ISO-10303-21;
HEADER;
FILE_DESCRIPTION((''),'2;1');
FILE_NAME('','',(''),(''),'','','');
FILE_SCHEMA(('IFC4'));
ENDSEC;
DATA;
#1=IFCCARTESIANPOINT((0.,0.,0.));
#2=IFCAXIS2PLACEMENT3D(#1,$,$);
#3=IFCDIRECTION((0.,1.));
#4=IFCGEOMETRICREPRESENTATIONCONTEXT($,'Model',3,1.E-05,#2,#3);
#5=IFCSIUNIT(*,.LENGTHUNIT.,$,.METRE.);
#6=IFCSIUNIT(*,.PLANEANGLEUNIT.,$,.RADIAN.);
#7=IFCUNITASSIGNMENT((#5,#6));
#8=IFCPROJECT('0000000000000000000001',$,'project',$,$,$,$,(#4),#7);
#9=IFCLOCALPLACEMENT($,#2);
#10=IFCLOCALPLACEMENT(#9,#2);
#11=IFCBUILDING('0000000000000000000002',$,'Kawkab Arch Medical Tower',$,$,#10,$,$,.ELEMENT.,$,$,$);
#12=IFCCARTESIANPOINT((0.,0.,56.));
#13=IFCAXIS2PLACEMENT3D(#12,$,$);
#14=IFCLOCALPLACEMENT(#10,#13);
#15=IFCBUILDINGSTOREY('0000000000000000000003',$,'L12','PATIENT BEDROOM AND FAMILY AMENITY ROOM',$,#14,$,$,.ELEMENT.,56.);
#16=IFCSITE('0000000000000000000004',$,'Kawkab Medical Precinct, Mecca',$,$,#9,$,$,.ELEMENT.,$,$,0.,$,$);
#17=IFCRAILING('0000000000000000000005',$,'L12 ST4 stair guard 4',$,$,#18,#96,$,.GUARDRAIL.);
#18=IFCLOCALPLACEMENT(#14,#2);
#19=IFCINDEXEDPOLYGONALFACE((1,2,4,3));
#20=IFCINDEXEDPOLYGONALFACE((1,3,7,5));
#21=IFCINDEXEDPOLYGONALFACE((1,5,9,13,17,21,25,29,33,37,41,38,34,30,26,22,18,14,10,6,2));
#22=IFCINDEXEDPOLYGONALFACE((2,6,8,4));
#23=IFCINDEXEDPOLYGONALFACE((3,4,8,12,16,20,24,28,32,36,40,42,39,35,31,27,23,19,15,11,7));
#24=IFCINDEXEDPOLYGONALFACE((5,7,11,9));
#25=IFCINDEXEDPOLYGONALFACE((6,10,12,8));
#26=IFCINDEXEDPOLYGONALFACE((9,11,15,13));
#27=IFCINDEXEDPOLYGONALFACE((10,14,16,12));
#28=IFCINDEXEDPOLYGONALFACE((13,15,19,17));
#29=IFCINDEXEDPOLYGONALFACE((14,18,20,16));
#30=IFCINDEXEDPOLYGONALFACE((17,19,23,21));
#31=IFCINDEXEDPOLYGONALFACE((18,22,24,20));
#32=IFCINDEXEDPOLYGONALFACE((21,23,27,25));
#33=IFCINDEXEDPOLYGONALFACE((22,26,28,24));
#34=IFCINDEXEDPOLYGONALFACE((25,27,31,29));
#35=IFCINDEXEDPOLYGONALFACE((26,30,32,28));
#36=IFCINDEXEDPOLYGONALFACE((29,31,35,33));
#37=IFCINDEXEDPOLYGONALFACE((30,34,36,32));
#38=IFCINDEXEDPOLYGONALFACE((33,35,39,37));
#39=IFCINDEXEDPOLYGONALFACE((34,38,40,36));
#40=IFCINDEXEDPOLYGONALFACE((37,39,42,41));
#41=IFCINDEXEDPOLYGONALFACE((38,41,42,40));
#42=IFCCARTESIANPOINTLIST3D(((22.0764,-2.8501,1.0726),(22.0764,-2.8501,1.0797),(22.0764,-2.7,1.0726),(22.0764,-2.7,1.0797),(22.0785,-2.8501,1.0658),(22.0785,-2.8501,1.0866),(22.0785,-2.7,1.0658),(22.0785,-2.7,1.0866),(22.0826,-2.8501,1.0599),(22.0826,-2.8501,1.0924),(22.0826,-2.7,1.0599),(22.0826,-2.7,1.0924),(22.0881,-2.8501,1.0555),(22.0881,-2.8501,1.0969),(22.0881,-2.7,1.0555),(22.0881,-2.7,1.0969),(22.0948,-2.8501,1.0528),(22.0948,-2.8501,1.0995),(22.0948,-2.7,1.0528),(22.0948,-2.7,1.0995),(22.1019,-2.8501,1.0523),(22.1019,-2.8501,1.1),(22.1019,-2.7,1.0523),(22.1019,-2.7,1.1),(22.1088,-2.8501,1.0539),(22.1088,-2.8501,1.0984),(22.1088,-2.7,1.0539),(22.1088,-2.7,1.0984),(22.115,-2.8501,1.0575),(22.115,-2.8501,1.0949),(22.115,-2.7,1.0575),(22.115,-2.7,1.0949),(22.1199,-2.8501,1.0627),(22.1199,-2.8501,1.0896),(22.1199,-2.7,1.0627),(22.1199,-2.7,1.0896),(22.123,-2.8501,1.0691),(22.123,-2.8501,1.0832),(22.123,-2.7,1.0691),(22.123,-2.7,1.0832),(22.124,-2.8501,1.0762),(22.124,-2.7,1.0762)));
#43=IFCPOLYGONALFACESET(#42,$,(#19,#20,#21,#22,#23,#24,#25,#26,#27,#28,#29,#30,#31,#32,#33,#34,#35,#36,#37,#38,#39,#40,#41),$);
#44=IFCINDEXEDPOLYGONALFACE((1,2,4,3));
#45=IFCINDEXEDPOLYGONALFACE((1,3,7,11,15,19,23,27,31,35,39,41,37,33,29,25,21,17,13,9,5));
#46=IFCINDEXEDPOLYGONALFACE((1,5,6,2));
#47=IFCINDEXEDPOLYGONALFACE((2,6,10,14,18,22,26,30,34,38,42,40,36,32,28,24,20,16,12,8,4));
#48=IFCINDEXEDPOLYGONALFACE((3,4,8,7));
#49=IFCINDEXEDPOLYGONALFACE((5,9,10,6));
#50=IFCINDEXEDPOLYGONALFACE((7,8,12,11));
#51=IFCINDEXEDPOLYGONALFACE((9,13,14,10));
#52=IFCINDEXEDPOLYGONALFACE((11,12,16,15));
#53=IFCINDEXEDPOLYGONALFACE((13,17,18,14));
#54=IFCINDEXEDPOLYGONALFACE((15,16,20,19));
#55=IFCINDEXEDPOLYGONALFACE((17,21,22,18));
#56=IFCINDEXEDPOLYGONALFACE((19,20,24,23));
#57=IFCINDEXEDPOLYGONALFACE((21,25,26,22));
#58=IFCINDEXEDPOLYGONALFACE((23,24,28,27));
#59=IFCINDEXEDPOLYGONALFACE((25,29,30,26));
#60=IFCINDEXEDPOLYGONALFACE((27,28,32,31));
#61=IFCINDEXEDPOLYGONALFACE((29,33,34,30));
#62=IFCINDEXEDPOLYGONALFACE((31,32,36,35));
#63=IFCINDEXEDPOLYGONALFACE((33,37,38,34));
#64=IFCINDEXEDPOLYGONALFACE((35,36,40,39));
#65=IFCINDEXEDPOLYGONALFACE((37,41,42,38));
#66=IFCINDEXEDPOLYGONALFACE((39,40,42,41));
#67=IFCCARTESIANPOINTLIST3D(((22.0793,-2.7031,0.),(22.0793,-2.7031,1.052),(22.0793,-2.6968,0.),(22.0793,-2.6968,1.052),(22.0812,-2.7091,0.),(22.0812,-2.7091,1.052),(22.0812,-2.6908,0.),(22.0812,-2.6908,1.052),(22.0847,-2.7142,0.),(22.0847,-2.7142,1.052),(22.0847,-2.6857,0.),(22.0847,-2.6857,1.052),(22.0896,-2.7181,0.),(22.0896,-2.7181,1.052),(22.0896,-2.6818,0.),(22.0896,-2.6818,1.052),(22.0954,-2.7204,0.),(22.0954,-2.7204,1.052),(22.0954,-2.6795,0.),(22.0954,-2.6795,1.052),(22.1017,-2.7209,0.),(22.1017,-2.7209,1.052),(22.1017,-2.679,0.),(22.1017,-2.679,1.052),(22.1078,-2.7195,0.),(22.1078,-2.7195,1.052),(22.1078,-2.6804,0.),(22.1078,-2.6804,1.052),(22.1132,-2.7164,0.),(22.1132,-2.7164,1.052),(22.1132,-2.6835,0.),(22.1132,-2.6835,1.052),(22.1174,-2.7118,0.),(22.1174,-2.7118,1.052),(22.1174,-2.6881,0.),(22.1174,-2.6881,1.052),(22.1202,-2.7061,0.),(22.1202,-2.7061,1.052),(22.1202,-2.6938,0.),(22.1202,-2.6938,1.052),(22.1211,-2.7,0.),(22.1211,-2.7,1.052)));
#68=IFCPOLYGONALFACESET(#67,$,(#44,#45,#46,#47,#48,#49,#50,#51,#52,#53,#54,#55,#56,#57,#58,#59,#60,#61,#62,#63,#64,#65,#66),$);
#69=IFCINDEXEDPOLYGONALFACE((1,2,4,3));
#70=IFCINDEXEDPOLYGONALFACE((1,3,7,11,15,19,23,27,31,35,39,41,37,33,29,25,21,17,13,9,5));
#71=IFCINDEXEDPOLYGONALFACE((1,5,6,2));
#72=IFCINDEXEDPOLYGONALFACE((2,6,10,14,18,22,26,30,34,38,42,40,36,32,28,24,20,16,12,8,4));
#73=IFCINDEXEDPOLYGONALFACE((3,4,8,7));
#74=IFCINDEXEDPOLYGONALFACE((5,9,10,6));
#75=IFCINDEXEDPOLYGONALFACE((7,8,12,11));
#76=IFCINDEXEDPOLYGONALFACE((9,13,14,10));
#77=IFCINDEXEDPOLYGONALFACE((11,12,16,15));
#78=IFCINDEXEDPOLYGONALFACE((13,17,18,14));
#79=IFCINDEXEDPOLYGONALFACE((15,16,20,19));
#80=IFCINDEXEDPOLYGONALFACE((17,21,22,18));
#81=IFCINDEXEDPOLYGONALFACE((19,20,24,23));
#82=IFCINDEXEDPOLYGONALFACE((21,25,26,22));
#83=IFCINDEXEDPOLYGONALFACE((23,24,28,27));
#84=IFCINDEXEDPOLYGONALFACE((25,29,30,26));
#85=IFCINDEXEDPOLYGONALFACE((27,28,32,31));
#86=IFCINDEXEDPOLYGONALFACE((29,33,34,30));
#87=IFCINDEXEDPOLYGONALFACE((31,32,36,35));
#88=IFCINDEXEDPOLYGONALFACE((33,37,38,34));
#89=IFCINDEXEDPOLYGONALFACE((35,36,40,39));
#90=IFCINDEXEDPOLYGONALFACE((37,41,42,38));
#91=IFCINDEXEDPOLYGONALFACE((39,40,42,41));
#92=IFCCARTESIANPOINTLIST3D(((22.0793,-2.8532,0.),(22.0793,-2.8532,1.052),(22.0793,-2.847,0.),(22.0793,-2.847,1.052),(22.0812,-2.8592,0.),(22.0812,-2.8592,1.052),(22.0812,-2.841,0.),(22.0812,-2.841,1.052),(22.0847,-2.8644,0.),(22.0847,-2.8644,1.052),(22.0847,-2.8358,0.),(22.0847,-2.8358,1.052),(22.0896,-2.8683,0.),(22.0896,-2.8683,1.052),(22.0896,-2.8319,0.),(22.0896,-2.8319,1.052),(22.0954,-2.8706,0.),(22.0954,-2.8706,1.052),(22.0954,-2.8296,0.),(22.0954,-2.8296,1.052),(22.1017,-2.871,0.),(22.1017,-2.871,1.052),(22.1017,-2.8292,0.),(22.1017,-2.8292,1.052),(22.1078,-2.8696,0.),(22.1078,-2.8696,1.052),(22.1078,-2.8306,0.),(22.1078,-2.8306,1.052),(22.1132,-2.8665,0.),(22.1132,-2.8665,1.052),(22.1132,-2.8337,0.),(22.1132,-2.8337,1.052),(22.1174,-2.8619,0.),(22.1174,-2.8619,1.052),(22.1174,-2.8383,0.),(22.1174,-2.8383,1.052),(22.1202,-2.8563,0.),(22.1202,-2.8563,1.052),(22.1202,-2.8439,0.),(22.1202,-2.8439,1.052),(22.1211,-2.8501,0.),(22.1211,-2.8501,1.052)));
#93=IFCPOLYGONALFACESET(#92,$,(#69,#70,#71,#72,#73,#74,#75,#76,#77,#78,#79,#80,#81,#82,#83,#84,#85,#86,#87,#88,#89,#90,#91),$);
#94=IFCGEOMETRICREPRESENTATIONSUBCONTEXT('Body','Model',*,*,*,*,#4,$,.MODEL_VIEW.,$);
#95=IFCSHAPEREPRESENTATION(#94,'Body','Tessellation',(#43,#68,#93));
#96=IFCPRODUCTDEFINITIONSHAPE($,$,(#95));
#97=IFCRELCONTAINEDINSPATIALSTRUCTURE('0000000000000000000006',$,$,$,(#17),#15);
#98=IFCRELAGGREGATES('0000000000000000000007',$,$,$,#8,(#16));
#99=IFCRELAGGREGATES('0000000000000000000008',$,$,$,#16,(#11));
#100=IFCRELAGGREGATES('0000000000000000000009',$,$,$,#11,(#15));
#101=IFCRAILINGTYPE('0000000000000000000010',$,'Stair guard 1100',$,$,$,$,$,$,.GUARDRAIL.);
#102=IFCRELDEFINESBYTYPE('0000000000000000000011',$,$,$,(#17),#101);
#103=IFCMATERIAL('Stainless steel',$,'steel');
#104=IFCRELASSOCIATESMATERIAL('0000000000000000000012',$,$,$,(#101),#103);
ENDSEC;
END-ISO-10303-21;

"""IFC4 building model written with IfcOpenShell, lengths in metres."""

from ifc_helpers import new_model, si_unit, direction, frame, origin, origin_2d, place, context, subcontext, project, spatial, circle, extrude, material, type_object, element, save


model = new_model("IFC4")

# Units and contexts
model_context = context("Model", 3, precision=1e-05, world=origin(), true_north=direction((0.0, 1.0)))
body_context = subcontext(model_context, "Body", "Model", "MODEL_VIEW")
ifc_project = project(units=[si_unit("LENGTHUNIT", "METRE"), si_unit("PLANEANGLEUNIT", "RADIAN")], contexts=[model_context])

# Site, building, storey
site_placement = place(None, origin())
site = spatial("IfcSite", under=ifc_project, at=site_placement, Name="Kawkab Medical Precinct, Mecca", CompositionType="ELEMENT", RefElevation=0.0)
building_placement = place(site_placement, origin())
building = spatial("IfcBuilding", under=site, at=building_placement, Name="Kawkab Arch Medical Tower", CompositionType="ELEMENT")
storey_placement = place(building_placement, frame((0.0, 0.0, 56.0)))
storey = spatial("IfcBuildingStorey", under=building, at=storey_placement, Name="L12", Description="PATIENT BEDROOM AND FAMILY AMENITY ROOM", CompositionType="ELEMENT", Elevation=56.0)

# Railing
ifc_material_1 = material(Name="Stainless steel", Category="steel")
railing_type = type_object("IfcRailingType", Name="Stair guard 1100", PredefinedType="GUARDRAIL", material=ifc_material_1)
railing_1_placement = place(storey_placement, frame((22.1001, -2.7, 0.0)))
element("IfcRailing", 1, at=railing_1_placement, inside=storey, type_object=railing_type, Name="L12 ST4 stair guard 4", PredefinedType="GUARDRAIL", context=body_context, shape_type="SweptSolid", body=[
    extrude(circle(Radius=0.0239, at=origin_2d()), frame((0.0, 0.0, 1.0762), z_axis=(0.0, -1.0, 0.0), x_axis=(1.0, 0.0, 0.0)), (0.0, 0.0, 1.0), 0.1501),
    extrude(circle(Radius=0.021, at=origin_2d()), origin(), (0.0, 0.0, 1.0), 1.052),
    extrude(circle(Radius=0.021, at=origin_2d()), frame((0.0, -0.1501, 0.0)), (0.0, 0.0, 1.0), 1.052),
])

save(model, "model.ifc")
